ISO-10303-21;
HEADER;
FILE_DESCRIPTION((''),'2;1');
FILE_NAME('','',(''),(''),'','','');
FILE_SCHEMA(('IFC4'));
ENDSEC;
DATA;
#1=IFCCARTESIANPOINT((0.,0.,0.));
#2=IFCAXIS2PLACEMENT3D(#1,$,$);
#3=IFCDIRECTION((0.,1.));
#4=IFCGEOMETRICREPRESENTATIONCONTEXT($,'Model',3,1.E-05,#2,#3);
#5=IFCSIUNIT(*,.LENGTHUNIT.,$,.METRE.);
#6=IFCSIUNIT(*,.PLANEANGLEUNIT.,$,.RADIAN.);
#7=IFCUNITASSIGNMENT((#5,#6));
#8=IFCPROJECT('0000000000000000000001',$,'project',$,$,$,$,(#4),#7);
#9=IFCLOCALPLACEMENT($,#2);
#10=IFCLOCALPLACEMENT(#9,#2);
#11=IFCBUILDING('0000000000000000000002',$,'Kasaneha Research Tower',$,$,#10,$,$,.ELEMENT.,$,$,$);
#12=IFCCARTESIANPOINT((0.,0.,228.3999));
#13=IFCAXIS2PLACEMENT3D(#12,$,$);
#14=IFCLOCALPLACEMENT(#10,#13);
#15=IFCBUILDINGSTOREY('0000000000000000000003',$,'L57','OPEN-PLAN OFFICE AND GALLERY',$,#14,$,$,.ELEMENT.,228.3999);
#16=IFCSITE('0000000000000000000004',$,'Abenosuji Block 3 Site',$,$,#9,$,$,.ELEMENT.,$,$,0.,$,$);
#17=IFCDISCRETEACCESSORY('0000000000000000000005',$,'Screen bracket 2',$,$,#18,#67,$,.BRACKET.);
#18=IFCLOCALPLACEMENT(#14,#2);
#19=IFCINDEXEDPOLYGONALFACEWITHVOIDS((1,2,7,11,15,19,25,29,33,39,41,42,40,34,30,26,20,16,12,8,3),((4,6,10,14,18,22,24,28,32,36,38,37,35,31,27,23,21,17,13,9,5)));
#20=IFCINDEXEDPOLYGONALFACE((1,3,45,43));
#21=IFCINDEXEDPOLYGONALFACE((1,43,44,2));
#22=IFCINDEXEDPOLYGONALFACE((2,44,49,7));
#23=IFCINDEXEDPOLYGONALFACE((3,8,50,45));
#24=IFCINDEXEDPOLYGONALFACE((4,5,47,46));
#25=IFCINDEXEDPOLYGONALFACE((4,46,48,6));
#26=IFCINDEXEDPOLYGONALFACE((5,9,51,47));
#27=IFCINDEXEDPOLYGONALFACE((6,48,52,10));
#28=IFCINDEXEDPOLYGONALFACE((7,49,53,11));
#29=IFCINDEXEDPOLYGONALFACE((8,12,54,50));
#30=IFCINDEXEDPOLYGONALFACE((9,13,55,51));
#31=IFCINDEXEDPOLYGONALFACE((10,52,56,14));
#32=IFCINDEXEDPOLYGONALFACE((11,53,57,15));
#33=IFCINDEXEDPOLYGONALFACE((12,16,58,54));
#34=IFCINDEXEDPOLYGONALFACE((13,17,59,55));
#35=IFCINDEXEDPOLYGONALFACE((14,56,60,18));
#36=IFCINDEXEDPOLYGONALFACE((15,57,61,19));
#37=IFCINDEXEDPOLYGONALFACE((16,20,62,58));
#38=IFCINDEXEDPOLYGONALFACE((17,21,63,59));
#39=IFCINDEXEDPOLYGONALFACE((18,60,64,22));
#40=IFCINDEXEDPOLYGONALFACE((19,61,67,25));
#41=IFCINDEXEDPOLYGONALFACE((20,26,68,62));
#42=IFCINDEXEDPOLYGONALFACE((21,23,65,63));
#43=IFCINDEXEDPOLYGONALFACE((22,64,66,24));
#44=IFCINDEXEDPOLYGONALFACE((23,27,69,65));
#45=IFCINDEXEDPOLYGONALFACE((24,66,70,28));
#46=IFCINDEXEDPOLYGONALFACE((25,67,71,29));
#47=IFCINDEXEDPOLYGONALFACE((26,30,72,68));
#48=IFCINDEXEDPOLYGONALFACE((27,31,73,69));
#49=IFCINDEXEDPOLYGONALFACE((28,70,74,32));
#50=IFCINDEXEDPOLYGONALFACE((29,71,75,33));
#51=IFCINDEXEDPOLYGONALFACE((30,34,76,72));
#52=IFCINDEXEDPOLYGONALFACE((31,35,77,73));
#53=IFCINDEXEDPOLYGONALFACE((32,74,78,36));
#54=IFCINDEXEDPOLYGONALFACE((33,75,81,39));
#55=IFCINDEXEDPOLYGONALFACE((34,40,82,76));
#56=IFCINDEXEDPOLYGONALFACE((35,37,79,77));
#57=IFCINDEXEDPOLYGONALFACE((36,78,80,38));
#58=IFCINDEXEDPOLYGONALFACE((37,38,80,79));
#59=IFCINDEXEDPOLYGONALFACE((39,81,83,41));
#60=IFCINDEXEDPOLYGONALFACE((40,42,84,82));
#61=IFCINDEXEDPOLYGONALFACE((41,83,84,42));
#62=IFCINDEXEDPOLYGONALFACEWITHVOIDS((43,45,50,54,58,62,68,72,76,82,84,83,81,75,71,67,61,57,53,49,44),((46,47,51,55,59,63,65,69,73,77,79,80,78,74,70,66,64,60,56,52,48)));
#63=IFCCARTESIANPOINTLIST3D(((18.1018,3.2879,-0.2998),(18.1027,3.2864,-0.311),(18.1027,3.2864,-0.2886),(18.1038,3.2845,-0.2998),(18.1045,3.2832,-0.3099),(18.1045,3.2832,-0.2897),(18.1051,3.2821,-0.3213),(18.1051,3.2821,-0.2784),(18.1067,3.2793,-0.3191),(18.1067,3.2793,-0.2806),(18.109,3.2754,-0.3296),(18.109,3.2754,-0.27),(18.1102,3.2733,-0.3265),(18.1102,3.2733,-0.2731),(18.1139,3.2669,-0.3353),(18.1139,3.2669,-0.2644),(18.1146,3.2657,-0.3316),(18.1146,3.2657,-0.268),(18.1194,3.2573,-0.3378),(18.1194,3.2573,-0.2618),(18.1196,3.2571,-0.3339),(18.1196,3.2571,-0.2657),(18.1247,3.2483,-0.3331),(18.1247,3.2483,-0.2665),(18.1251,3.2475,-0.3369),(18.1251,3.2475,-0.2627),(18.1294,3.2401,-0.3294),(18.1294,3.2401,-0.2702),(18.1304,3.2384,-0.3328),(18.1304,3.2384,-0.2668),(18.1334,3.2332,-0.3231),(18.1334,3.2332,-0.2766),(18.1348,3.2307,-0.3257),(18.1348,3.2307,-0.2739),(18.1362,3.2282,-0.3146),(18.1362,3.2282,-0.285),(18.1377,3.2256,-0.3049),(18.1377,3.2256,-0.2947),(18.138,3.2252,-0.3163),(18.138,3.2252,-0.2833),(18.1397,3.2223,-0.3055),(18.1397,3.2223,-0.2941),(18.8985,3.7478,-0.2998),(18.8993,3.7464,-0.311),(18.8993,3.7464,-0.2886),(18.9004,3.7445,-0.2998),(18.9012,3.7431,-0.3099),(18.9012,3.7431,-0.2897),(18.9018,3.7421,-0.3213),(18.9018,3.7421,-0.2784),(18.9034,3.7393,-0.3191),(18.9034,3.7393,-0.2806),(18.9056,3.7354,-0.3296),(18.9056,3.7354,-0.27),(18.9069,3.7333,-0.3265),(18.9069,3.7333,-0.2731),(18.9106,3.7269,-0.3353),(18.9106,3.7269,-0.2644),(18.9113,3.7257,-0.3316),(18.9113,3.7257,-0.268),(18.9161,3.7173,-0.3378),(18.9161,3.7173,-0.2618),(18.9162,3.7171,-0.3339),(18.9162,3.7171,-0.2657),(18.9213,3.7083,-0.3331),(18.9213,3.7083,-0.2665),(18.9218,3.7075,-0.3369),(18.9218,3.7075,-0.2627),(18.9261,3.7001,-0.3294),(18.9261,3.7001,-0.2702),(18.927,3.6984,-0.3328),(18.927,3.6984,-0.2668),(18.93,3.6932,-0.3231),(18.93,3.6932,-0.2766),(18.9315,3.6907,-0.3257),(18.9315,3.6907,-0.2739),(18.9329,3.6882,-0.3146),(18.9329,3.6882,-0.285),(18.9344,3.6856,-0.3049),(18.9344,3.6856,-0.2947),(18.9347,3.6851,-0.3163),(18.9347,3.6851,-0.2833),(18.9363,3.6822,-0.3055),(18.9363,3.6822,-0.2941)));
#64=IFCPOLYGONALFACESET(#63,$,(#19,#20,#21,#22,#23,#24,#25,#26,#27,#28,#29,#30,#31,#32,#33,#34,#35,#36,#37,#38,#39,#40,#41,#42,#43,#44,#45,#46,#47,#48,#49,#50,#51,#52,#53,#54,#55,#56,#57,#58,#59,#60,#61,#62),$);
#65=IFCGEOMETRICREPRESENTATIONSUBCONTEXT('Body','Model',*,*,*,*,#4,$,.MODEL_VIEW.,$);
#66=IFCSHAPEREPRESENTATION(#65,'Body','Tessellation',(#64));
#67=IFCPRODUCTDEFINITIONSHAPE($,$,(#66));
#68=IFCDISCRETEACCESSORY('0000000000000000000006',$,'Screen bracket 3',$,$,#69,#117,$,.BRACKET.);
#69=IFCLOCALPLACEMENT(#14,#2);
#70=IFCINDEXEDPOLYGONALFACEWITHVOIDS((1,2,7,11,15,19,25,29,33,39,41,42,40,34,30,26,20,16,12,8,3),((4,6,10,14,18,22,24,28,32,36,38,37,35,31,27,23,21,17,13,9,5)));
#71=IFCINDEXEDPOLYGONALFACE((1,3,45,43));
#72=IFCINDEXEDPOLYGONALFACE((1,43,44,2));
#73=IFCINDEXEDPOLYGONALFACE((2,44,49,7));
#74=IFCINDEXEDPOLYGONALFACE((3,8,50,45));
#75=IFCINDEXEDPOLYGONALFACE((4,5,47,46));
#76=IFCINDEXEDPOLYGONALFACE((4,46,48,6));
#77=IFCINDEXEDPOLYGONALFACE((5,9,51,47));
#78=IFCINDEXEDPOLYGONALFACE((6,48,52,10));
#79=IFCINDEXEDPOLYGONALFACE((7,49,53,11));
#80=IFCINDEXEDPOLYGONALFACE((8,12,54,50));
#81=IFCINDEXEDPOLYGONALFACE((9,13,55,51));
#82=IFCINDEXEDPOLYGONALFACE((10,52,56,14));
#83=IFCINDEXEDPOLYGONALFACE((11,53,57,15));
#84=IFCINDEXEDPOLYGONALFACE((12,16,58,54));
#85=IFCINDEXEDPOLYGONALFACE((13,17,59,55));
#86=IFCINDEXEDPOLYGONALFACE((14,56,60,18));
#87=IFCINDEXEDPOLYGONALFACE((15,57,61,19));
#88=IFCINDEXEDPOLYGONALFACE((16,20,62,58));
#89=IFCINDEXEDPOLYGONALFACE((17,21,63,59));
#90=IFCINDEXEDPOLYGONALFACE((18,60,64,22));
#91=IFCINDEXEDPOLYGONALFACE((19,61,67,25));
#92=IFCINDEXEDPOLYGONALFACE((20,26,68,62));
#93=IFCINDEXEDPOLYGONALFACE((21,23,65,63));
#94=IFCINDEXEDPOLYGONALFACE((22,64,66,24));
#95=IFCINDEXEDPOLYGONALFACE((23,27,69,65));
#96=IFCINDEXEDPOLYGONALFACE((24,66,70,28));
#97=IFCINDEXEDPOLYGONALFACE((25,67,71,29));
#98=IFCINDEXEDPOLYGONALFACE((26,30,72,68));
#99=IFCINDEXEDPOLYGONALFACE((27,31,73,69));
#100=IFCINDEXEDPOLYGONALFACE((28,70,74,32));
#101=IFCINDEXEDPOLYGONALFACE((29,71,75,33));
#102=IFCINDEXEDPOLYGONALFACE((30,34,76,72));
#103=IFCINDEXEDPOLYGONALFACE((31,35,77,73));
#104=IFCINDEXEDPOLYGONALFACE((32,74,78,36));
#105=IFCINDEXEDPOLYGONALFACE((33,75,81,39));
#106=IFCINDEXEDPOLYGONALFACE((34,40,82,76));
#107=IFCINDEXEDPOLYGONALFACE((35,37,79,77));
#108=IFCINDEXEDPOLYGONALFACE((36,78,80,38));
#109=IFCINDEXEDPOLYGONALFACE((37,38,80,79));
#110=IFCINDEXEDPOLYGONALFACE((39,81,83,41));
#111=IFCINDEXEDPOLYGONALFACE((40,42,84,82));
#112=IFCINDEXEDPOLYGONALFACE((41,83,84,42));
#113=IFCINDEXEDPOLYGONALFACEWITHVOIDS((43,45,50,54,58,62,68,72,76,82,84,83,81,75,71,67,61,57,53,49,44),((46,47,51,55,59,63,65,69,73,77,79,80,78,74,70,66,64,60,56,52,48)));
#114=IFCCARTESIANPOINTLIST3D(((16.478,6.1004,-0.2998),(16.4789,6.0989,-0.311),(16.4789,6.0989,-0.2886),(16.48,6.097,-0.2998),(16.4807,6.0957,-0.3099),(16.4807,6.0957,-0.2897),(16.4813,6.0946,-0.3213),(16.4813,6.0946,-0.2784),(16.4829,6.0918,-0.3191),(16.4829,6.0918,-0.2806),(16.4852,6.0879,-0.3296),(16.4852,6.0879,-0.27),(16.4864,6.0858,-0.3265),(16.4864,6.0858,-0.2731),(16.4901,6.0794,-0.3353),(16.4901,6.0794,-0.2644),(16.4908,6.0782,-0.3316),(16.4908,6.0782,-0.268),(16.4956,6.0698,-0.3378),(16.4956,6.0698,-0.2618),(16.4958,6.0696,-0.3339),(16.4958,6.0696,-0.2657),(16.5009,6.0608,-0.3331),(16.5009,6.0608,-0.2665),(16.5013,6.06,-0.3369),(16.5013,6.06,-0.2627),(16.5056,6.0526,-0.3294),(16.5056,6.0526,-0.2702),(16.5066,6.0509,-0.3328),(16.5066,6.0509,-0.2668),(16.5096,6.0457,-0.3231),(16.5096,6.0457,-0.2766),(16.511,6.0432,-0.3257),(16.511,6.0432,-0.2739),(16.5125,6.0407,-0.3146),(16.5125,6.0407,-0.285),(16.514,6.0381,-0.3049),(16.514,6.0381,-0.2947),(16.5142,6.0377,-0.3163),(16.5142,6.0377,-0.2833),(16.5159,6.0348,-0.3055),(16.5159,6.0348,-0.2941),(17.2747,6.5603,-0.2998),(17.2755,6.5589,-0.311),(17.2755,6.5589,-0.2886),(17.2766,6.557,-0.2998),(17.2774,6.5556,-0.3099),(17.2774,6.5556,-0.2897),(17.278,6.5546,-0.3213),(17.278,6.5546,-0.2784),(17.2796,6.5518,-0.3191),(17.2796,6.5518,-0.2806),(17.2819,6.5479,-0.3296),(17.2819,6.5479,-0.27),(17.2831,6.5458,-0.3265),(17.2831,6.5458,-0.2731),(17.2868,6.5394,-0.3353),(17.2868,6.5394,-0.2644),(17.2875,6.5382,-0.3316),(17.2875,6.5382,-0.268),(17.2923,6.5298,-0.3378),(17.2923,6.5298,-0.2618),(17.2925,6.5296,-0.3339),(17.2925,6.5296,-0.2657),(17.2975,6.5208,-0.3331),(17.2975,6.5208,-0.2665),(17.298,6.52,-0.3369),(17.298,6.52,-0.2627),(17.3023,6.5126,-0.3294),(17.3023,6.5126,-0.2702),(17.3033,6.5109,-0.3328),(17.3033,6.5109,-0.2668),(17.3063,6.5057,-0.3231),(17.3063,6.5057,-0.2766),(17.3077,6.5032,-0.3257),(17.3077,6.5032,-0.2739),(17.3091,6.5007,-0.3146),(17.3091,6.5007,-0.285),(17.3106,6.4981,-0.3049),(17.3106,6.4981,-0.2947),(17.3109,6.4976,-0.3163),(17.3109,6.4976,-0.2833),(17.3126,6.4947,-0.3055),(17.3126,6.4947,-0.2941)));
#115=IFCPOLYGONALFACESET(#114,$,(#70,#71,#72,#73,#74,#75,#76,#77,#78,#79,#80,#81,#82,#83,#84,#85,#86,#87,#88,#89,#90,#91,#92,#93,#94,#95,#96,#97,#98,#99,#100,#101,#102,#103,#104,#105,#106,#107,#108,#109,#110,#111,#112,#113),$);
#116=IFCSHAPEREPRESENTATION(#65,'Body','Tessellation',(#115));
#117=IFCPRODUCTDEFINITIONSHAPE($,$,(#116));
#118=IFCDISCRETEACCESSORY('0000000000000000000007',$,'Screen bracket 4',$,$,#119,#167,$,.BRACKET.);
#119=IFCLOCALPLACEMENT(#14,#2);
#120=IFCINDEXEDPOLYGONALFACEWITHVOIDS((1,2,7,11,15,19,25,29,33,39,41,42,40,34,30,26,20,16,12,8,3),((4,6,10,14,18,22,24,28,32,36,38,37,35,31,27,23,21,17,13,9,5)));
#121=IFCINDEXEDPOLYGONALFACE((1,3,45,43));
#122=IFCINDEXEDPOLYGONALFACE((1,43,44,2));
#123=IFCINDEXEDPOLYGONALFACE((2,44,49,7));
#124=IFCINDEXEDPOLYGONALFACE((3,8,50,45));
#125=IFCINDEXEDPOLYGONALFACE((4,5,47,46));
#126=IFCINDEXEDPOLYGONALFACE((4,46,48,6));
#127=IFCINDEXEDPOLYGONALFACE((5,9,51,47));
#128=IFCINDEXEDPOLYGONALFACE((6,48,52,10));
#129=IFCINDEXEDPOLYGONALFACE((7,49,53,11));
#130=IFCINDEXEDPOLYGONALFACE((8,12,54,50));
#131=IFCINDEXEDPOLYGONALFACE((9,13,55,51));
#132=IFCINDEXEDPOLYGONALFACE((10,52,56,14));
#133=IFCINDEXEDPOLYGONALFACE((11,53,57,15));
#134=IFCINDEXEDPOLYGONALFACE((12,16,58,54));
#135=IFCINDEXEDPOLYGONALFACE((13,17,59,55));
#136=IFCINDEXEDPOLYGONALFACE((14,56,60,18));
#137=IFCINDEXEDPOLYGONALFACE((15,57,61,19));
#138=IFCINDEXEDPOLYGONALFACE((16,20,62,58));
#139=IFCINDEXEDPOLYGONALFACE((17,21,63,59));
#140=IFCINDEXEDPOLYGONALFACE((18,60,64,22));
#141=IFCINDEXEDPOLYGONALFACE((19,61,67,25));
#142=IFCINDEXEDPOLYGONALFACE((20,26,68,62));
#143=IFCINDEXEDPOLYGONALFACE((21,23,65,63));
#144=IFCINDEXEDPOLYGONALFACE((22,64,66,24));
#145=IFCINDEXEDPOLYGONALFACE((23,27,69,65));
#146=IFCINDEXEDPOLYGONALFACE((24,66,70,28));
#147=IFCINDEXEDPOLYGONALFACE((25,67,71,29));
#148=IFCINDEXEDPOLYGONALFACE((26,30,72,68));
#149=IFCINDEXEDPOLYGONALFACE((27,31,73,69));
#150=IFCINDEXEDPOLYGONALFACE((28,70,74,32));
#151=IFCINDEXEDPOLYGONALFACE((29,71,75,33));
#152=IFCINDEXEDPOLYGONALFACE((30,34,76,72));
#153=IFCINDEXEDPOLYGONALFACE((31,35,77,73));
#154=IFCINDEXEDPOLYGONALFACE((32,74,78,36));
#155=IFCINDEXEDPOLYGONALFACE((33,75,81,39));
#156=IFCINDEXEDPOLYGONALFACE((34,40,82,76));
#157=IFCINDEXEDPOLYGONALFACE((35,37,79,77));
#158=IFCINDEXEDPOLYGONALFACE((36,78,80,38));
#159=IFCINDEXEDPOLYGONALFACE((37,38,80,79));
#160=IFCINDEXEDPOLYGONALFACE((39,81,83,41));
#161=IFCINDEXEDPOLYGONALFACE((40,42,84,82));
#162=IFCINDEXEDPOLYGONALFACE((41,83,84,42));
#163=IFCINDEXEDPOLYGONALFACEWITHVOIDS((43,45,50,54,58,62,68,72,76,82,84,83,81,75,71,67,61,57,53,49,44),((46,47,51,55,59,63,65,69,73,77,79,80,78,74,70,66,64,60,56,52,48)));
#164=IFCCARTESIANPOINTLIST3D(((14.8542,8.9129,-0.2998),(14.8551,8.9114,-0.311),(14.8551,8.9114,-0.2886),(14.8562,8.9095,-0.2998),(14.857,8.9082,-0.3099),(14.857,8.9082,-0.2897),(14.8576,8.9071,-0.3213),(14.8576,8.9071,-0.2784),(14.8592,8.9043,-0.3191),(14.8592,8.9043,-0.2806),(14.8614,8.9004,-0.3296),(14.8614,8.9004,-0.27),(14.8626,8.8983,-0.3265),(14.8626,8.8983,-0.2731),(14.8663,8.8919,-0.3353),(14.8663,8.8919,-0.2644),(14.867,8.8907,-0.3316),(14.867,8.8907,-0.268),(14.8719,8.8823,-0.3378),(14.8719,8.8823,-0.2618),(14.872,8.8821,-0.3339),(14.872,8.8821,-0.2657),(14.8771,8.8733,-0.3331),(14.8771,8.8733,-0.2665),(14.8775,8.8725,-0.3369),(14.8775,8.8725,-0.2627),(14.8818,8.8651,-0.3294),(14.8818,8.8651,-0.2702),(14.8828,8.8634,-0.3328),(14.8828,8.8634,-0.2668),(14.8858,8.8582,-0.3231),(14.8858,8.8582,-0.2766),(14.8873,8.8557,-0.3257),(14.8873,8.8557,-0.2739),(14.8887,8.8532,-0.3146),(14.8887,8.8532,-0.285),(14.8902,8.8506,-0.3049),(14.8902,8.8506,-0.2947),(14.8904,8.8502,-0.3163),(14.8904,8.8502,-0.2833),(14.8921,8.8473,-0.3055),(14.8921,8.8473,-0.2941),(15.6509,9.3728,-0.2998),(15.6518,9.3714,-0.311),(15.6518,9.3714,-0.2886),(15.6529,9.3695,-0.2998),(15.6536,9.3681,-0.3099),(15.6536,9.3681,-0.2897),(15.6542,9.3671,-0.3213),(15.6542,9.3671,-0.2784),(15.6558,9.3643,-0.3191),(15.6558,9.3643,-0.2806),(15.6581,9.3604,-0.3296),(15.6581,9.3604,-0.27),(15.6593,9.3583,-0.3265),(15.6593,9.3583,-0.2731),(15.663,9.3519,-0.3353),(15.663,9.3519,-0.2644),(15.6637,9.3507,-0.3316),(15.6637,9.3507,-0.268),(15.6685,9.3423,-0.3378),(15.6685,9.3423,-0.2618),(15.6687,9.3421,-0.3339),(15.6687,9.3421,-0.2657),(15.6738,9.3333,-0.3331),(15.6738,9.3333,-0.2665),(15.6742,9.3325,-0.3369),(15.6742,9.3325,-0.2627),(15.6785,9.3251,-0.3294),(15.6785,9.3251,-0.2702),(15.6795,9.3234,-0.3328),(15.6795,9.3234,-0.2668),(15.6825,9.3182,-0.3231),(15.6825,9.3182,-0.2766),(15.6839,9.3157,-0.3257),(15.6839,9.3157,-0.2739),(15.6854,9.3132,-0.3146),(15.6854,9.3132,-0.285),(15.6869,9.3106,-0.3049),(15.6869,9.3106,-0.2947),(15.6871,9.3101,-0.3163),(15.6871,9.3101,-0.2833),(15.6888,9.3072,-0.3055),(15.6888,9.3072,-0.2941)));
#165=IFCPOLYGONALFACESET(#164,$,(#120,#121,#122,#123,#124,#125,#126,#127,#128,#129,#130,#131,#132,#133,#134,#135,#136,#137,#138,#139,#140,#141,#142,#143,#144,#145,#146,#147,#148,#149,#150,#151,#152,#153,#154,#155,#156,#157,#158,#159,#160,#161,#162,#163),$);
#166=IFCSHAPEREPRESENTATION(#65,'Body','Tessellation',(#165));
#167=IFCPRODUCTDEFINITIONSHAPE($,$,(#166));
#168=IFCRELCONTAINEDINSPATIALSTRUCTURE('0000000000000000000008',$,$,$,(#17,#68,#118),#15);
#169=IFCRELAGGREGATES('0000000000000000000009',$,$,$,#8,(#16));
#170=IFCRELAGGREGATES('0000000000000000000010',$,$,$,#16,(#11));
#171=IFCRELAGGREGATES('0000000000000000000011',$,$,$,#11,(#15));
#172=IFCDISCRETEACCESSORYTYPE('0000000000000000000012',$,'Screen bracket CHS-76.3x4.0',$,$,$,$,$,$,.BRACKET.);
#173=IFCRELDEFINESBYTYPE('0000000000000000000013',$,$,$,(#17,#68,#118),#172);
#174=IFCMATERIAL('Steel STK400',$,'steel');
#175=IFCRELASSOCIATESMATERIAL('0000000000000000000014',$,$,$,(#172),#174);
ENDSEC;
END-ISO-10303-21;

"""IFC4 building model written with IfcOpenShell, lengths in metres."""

from ifc_helpers import new_model, si_unit, direction, frame, origin, origin_2d, place, context, subcontext, project, spatial, hollow_circle, extrude, material, material_profile, profile_set, type_object, element, save


model = new_model("IFC4")

# Units and contexts
model_context = context("Model", 3, precision=1e-05, world=origin(), true_north=direction((0.0, 1.0)))
body_context = subcontext(model_context, "Body", "Model", "MODEL_VIEW")
ifc_project = project(units=[si_unit("LENGTHUNIT", "METRE"), si_unit("PLANEANGLEUNIT", "RADIAN")], contexts=[model_context])

# Site, building, storey
site_placement = place(None, origin())
site = spatial("IfcSite", under=ifc_project, at=site_placement, Name="Abenosuji Block 3 Site", CompositionType="ELEMENT", RefElevation=0.0)
building_placement = place(site_placement, origin())
building = spatial("IfcBuilding", under=site, at=building_placement, Name="Kasaneha Research Tower", CompositionType="ELEMENT")
storey_placement = place(building_placement, frame((0.0, 0.0, 228.3999)))
storey = spatial("IfcBuildingStorey", under=building, at=storey_placement, Name="L57", Description="OPEN-PLAN OFFICE AND GALLERY", CompositionType="ELEMENT", Elevation=228.3999)

# Discrete accessories
ifc_material_1 = material(Name="Steel STK400", Category="steel")
ifc_material_profile_1 = material_profile(ifc_material_1, hollow_circle(Radius=0.0381, WallThickness=0.0039, at=origin_2d()), Name="CHS-76.3x4.0")
ifc_profile_set_1 = profile_set([ifc_material_profile_1], Name="Steel STK400")
discrete_accessory_type = type_object("IfcDiscreteAccessoryType", Name="Screen bracket CHS-76.3x4.0", PredefinedType="BRACKET", material=ifc_profile_set_1)
for number, where, z_axis, x_axis, name in (
    (1, (18.1208, 3.2549, -0.2998), (0.866013, 0.500021, 0.0), (-0.500021, 0.866013, 0.0), "Screen bracket 2"),
    (2, (16.4971, 6.0674, -0.2998), (0.866013, 0.500021, 0.0), (-0.500021, 0.866013, 0.0), "Screen bracket 3"),
    (3, (14.8733, 8.8799, -0.2998), (0.866013, 0.500021, 0.0), (-0.500021, 0.866013, 0.0), "Screen bracket 4"),
):
    element("IfcDiscreteAccessory", number, at=place(storey_placement, frame(where, z_axis=z_axis, x_axis=x_axis)), inside=storey, type_object=discrete_accessory_type, Name=name, PredefinedType="BRACKET", context=body_context, shape_type="SweptSolid", body=[
        extrude(hollow_circle(Radius=0.0381, WallThickness=0.0039, at=origin_2d()), origin(), (0.0, 0.0, 1.0), 0.9199),
    ])

save(model, "model.ifc")
